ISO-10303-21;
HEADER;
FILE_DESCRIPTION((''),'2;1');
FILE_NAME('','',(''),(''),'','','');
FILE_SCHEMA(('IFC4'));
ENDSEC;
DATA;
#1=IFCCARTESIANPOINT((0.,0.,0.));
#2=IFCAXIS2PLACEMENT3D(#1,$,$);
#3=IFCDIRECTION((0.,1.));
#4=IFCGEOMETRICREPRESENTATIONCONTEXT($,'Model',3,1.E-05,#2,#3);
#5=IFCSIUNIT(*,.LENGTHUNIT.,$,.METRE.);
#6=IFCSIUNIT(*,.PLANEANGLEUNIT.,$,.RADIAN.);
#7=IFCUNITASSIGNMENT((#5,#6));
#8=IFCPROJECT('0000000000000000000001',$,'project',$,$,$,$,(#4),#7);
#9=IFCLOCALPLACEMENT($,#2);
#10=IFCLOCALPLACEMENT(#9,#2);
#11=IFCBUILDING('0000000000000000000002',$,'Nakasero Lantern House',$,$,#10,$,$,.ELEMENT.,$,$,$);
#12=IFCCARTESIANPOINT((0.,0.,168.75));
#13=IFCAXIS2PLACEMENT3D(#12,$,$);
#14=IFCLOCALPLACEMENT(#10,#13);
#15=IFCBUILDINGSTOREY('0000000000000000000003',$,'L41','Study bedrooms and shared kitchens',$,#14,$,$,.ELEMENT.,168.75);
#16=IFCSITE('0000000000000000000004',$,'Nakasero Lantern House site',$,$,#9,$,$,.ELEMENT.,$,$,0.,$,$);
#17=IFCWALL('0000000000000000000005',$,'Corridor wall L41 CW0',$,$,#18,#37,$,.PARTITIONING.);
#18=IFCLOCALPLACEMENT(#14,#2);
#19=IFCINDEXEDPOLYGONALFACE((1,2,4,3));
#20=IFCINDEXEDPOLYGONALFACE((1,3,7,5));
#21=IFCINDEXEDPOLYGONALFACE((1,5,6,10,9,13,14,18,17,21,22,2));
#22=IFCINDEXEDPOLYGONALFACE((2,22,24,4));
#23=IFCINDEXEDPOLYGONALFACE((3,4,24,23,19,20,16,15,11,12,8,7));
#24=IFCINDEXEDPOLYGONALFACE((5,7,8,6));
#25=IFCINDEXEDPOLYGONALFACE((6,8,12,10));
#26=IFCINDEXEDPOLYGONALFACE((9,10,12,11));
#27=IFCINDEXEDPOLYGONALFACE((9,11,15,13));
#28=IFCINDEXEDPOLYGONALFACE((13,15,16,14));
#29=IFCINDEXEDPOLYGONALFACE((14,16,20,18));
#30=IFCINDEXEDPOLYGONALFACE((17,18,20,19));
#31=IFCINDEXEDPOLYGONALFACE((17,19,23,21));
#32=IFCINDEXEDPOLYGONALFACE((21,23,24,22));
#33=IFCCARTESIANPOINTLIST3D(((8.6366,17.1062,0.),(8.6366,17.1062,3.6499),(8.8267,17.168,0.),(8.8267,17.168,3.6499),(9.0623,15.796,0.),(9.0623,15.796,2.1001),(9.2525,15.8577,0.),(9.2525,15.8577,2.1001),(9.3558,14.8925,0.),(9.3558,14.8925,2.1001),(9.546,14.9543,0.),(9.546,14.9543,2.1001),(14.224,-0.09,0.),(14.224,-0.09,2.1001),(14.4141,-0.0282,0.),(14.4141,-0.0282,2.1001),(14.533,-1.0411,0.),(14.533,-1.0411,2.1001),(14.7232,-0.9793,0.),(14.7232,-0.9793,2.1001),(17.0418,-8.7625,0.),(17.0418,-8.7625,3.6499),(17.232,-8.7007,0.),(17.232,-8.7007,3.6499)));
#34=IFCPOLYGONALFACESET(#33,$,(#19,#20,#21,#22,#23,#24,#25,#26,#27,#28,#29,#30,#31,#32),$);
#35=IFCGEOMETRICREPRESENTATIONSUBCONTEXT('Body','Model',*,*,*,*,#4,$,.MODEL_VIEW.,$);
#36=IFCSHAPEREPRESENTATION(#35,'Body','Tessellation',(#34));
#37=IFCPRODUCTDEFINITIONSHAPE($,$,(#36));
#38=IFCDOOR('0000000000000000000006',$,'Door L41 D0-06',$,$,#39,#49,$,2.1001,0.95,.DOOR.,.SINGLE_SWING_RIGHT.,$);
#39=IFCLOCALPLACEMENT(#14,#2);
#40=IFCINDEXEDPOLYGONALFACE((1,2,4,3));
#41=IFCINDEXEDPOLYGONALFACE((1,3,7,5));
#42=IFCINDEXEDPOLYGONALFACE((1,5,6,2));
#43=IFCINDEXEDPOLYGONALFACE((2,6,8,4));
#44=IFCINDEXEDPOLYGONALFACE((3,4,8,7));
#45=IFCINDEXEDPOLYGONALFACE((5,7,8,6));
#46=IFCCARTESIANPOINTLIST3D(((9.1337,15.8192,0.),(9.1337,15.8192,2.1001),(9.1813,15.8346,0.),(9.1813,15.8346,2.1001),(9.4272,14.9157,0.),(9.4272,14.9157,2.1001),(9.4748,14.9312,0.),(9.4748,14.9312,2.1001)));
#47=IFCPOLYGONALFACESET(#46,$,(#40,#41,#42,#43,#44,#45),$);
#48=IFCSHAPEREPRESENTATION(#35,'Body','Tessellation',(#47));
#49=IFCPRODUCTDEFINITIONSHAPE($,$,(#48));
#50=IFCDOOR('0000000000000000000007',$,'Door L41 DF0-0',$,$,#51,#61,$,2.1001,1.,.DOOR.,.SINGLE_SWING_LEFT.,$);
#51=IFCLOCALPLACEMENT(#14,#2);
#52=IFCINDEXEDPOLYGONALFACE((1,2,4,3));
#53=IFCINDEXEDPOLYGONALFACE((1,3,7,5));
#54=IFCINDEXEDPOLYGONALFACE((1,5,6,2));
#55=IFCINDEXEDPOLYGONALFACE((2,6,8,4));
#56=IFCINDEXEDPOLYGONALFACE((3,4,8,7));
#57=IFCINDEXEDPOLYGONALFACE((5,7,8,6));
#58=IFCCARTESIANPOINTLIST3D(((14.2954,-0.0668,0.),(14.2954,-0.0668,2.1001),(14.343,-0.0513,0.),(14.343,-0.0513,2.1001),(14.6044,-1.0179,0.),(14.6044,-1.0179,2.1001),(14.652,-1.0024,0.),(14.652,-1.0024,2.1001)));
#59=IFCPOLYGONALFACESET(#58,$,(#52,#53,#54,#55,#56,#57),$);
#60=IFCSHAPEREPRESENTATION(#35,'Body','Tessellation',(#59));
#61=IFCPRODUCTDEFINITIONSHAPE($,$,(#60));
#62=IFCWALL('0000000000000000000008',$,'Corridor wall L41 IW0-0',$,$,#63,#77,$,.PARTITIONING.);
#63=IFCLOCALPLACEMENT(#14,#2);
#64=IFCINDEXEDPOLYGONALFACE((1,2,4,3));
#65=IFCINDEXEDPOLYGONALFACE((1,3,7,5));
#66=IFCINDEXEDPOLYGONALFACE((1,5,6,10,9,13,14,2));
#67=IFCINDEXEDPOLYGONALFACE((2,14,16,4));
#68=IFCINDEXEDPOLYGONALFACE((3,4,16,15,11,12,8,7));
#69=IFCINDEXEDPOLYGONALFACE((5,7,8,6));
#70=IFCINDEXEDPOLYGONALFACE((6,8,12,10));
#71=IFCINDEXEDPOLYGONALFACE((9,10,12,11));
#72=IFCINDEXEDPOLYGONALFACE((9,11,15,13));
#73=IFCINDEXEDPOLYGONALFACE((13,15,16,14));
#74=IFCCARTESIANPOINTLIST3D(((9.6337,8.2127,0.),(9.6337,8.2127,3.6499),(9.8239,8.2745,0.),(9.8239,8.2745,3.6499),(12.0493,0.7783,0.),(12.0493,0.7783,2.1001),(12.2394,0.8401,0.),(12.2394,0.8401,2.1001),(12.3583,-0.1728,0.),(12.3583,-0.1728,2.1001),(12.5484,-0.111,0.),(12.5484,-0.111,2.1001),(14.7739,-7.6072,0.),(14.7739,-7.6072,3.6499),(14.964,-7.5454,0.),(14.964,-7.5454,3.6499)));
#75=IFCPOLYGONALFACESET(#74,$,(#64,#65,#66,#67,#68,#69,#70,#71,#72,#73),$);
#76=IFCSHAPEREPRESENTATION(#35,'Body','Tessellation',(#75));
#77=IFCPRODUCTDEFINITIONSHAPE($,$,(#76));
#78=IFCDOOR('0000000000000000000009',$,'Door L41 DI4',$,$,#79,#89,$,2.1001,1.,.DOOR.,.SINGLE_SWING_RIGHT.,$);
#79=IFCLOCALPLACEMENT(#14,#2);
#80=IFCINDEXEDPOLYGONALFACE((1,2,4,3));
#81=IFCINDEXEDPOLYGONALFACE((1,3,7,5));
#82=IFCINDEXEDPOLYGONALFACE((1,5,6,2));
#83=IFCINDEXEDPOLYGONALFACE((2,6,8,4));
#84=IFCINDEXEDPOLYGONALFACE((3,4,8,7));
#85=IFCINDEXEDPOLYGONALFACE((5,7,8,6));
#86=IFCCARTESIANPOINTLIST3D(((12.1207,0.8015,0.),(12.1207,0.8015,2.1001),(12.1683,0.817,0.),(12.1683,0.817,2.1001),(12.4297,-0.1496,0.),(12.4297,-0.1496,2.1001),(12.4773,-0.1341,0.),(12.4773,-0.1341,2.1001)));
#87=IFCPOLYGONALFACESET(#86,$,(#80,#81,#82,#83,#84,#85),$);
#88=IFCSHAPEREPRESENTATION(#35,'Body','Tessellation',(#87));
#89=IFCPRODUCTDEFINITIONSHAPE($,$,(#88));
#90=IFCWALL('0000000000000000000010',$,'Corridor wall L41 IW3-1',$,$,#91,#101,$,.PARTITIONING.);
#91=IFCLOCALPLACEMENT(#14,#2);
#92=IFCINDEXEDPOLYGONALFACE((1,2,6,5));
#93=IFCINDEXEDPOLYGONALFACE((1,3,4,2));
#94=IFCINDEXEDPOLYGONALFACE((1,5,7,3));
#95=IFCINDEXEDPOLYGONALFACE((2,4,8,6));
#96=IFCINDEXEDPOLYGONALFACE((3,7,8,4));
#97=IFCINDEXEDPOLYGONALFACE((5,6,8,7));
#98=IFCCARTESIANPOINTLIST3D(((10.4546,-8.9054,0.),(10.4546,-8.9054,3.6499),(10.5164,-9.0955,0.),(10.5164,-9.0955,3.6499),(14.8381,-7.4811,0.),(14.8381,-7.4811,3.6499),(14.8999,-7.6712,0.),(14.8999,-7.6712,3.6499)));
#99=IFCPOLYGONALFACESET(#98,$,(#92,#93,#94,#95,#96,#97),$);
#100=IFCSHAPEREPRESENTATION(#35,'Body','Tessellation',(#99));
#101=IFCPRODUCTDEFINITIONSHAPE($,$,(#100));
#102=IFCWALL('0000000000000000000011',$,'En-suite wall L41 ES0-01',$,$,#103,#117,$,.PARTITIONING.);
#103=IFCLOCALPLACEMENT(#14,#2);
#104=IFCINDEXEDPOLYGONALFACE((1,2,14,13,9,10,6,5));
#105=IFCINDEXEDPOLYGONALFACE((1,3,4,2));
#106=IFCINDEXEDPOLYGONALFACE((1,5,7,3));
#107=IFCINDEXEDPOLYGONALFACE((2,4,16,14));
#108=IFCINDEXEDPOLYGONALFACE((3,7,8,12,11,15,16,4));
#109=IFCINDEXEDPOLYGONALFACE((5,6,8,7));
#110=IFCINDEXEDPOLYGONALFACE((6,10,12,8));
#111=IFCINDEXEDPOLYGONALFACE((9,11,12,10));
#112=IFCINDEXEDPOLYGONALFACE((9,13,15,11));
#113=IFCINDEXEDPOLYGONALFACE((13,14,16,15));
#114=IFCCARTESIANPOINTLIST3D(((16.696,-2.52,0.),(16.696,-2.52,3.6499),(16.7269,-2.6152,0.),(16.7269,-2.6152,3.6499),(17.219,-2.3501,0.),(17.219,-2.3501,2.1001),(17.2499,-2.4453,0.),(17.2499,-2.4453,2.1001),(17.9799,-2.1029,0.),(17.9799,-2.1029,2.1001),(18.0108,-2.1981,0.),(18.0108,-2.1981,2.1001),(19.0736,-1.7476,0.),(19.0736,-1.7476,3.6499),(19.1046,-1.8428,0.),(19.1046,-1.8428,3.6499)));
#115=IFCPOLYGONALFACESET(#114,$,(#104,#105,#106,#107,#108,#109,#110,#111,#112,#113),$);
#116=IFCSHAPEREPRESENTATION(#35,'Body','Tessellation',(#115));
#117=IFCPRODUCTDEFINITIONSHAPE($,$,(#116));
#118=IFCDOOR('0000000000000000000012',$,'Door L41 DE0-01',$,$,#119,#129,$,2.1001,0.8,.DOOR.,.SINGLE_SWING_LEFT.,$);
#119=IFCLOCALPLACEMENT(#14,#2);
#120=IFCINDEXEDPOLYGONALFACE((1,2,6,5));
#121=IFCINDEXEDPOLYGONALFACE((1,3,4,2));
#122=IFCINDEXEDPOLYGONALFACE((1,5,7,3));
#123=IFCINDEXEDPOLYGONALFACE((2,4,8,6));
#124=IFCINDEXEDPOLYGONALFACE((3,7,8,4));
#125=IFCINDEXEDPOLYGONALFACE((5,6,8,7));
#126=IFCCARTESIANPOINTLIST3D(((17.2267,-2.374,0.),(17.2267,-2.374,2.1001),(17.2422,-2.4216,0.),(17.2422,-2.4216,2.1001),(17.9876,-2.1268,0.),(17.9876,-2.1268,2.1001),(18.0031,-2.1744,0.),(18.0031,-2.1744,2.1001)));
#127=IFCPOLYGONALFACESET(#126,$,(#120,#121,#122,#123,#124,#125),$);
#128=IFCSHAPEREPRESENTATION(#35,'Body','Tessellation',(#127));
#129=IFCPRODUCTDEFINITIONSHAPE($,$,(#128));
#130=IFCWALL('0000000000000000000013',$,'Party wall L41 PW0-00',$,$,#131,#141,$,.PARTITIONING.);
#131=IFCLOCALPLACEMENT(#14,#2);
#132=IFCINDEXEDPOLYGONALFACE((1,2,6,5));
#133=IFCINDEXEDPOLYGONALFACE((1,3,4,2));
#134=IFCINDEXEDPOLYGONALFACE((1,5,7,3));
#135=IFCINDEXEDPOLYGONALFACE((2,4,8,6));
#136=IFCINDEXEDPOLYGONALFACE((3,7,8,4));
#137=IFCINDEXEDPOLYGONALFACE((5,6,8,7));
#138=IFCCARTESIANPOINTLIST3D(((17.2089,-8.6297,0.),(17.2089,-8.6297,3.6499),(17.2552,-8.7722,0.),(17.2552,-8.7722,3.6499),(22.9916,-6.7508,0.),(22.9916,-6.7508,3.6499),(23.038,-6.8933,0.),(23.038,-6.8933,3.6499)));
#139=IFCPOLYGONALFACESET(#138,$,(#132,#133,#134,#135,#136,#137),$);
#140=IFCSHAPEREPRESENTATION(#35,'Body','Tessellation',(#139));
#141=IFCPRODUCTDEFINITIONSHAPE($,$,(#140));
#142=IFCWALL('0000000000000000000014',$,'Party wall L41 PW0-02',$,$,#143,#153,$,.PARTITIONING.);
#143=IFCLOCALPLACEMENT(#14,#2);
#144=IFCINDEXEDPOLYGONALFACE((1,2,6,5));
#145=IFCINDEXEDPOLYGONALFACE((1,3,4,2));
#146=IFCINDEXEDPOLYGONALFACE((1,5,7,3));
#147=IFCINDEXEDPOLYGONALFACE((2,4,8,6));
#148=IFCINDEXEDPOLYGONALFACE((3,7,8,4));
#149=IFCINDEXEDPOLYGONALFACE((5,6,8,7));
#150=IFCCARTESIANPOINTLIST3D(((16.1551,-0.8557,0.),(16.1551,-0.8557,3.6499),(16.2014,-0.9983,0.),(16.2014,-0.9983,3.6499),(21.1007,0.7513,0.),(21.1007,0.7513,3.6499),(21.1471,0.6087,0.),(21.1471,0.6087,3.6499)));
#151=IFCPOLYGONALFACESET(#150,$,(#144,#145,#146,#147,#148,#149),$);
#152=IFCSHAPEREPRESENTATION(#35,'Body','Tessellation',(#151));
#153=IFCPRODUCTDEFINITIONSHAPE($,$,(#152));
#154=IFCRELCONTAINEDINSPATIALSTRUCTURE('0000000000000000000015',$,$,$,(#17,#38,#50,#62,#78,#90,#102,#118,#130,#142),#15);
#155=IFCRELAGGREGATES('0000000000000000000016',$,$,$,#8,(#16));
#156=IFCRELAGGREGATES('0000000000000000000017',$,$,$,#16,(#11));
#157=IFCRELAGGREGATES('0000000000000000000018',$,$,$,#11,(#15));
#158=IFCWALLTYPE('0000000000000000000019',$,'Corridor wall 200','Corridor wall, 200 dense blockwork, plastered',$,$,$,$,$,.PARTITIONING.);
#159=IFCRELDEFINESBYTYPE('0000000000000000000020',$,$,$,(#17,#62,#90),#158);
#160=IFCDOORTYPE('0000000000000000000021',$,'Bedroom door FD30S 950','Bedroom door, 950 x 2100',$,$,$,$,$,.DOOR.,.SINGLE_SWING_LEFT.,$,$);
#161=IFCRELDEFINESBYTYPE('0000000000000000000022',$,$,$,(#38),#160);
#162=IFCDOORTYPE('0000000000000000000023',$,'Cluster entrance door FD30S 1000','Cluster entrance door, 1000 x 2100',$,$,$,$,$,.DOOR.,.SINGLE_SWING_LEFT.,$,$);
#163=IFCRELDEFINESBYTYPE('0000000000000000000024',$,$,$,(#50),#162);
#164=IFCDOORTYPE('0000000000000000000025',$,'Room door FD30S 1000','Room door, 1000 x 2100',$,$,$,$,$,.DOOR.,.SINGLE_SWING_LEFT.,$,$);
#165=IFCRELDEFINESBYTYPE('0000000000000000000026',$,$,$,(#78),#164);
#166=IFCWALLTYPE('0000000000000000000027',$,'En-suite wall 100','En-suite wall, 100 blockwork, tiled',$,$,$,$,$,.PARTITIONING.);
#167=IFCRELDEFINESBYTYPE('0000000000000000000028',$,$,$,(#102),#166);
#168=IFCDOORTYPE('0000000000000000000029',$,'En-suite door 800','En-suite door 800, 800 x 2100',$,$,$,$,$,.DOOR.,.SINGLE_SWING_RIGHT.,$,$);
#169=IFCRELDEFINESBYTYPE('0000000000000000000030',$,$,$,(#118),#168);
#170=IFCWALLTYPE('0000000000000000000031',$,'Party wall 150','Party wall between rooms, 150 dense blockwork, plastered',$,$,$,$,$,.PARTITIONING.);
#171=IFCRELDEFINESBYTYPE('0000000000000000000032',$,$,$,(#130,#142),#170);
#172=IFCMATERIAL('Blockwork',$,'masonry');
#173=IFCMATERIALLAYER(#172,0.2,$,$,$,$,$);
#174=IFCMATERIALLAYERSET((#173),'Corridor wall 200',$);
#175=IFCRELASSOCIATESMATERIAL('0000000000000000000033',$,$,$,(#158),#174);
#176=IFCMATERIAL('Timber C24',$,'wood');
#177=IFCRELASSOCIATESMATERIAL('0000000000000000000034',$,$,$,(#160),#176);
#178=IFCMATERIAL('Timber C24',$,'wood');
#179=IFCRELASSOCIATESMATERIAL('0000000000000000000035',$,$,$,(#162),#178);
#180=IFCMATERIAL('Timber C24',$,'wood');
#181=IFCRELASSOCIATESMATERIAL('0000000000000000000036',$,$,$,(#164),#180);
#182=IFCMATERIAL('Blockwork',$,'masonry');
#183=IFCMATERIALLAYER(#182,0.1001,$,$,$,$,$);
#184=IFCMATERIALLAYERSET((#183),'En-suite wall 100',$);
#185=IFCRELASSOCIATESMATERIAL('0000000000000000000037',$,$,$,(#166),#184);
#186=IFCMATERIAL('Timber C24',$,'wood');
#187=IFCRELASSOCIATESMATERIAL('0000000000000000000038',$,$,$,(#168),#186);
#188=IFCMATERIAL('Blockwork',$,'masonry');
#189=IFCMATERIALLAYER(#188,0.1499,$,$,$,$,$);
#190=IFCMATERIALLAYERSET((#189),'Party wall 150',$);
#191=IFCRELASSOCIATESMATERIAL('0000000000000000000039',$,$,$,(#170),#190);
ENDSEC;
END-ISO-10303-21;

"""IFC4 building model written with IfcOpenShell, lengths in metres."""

from ifc_helpers import new_model, si_unit, direction, frame, frame_2d, origin, place, context, subcontext, project, spatial, rectangle, extrude, material, layer, layer_set, type_object, element, fill, save


model = new_model("IFC4")

# Units and contexts
model_context = context("Model", 3, precision=1e-05, world=origin(), true_north=direction((0.0, 1.0)))
body_context = subcontext(model_context, "Body", "Model", "MODEL_VIEW")
ifc_project = project(units=[si_unit("LENGTHUNIT", "METRE"), si_unit("PLANEANGLEUNIT", "RADIAN")], contexts=[model_context])

# Site, building, storey
site_placement = place(None, origin())
site = spatial("IfcSite", under=ifc_project, at=site_placement, Name="Nakasero Lantern House site", CompositionType="ELEMENT", RefElevation=0.0)
building_placement = place(site_placement, origin())
building = spatial("IfcBuilding", under=site, at=building_placement, Name="Nakasero Lantern House", CompositionType="ELEMENT")
storey_placement = place(building_placement, frame((0.0, 0.0, 168.75)))
storey = spatial("IfcBuildingStorey", under=building, at=storey_placement, Name="L41", Description="Study bedrooms and shared kitchens", CompositionType="ELEMENT", Elevation=168.75)

# Wall, openings, doors
ifc_material_1 = material(Name="Blockwork", Category="masonry")
ifc_layer_1 = layer(ifc_material_1, 0.2)
ifc_layer_set_1 = layer_set([ifc_layer_1], Name="Corridor wall 200")
wall_type_1 = type_object("IfcWallType", Name="Corridor wall 200", Description="Corridor wall, 200 dense blockwork, plastered", PredefinedType="PARTITIONING", material=ifc_layer_set_1)
wall_1_placement = place(storey_placement, frame((17.137, -8.7317, 0.0), z_axis=(0.0, 0.0, 1.0), x_axis=(-0.309018, 0.951056, 0.0)))
wall_1 = element("IfcWall", 1, at=wall_1_placement, inside=storey, type_object=wall_type_1, Name="Corridor wall L41 CW0", PredefinedType="PARTITIONING", context=body_context, shape_type="SweptSolid", body=[
    extrude(rectangle(XDim=27.2, YDim=0.2, at=frame_2d((13.6001, 0.0))), origin(), (0.0, 0.0, 1.0), 3.6499),
])
opening_1_placement = place(wall_1_placement, frame((8.1189, 0.0, 0.0)))
opening_1 = element("IfcOpeningElement", 2, at=opening_1_placement, cuts=wall_1, PredefinedType="OPENING", context=body_context, shape_type="SweptSolid", body=[
    extrude(rectangle(XDim=1.0, YDim=2.1001, at=frame_2d((0.5, 1.05))), frame((0.0, 0.1199, 0.0), z_axis=(0.0, -1.0, 0.0), x_axis=(1.0, 0.0, 0.0)), (0.0, 0.0, 1.0), 0.24),
])
opening_2_placement = place(wall_1_placement, frame((24.8723, 0.0, 0.0)))
opening_2 = element("IfcOpeningElement", 3, at=opening_2_placement, cuts=wall_1, PredefinedType="OPENING", context=body_context, shape_type="SweptSolid", body=[
    extrude(rectangle(XDim=0.95, YDim=2.1001, at=frame_2d((0.4751, 1.05))), frame((0.0, 0.1199, 0.0), z_axis=(0.0, -1.0, 0.0), x_axis=(1.0, 0.0, 0.0)), (0.0, 0.0, 1.0), 0.24),
])
ifc_material_2 = material(Name="Timber C24", Category="wood")
door_type_1 = type_object("IfcDoorType", Name="Bedroom door FD30S 950", Description="Bedroom door, 950 x 2100", OperationType="SINGLE_SWING_LEFT", PredefinedType="DOOR", material=ifc_material_2)
door_1_placement = place(opening_2_placement, origin())
door_1 = element("IfcDoor", 4, at=door_1_placement, inside=storey, type_object=door_type_1, Name="Door L41 D0-06", OperationType="SINGLE_SWING_RIGHT", OverallHeight=2.1001, OverallWidth=0.95, PredefinedType="DOOR", context=body_context, shape_type="SweptSolid", body=[
    extrude(rectangle(XDim=0.95, YDim=2.1001, at=frame_2d((0.4751, 1.05))), frame((0.0, 0.0249, 0.0), z_axis=(0.0, -1.0, 0.0), x_axis=(1.0, 0.0, 0.0)), (0.0, 0.0, 1.0), 0.05),
])
fill(opening_2, door_1)
ifc_material_3 = material(Name="Timber C24", Category="wood")
door_type_2 = type_object("IfcDoorType", Name="Cluster entrance door FD30S 1000", Description="Cluster entrance door, 1000 x 2100", OperationType="SINGLE_SWING_LEFT", PredefinedType="DOOR", material=ifc_material_3)
door_2_placement = place(opening_1_placement, origin())
door_2 = element("IfcDoor", 5, at=door_2_placement, inside=storey, type_object=door_type_2, Name="Door L41 DF0-0", OperationType="SINGLE_SWING_LEFT", OverallHeight=2.1001, OverallWidth=1.0, PredefinedType="DOOR", context=body_context, shape_type="SweptSolid", body=[
    extrude(rectangle(XDim=1.0, YDim=2.1001, at=frame_2d((0.5, 1.05))), frame((0.0, 0.0249, 0.0), z_axis=(0.0, -1.0, 0.0), x_axis=(1.0, 0.0, 0.0)), (0.0, 0.0, 1.0), 0.05),
])
fill(opening_1, door_2)

# Wall, opening, door
wall_2_placement = place(storey_placement, frame((14.8689, -7.5762, 0.0), z_axis=(0.0, 0.0, 1.0), x_axis=(-0.309015, 0.951057, 0.0)))
wall_2 = element("IfcWall", 6, at=wall_2_placement, inside=storey, type_object=wall_type_1, Name="Corridor wall L41 IW0-0", PredefinedType="PARTITIONING", context=body_context, shape_type="SweptSolid", body=[
    extrude(rectangle(XDim=16.634, YDim=0.2, at=frame_2d((8.3169, 0.0))), origin(), (0.0, 0.0, 1.0), 3.6499),
])
opening_3_placement = place(wall_2_placement, frame((7.8169, 0.0, 0.0)))
opening_3 = element("IfcOpeningElement", 7, at=opening_3_placement, cuts=wall_2, PredefinedType="OPENING", context=body_context, shape_type="SweptSolid", body=[
    extrude(rectangle(XDim=1.0, YDim=2.1001, at=frame_2d((0.5, 1.05))), frame((0.0, 0.1199, 0.0), z_axis=(0.0, -1.0, 0.0), x_axis=(1.0, 0.0, 0.0)), (0.0, 0.0, 1.0), 0.24),
])
ifc_material_4 = material(Name="Timber C24", Category="wood")
door_type_3 = type_object("IfcDoorType", Name="Room door FD30S 1000", Description="Room door, 1000 x 2100", OperationType="SINGLE_SWING_LEFT", PredefinedType="DOOR", material=ifc_material_4)
door_3_placement = place(opening_3_placement, origin())
door_3 = element("IfcDoor", 8, at=door_3_placement, inside=storey, type_object=door_type_3, Name="Door L41 DI4", OperationType="SINGLE_SWING_RIGHT", OverallHeight=2.1001, OverallWidth=1.0, PredefinedType="DOOR", context=body_context, shape_type="SweptSolid", body=[
    extrude(rectangle(XDim=1.0, YDim=2.1001, at=frame_2d((0.5, 1.05))), frame((0.0, 0.0249, 0.0), z_axis=(0.0, -1.0, 0.0), x_axis=(1.0, 0.0, 0.0)), (0.0, 0.0, 1.0), 0.05),
])
fill(opening_3, door_3)

# Wall
wall_3_placement = place(storey_placement, frame((10.4854, -9.0005, 0.0), z_axis=(0.0, 0.0, 1.0), x_axis=(0.951055, 0.30902, 0.0)))
element("IfcWall", 9, at=wall_3_placement, inside=storey, type_object=wall_type_1, Name="Corridor wall L41 IW3-1", PredefinedType="PARTITIONING", context=body_context, shape_type="SweptSolid", body=[
    extrude(rectangle(XDim=4.6091, YDim=0.2, at=frame_2d((2.3047, 0.0))), origin(), (0.0, 0.0, 1.0), 3.6499),
])

# Wall, opening, door
ifc_material_5 = material(Name="Blockwork", Category="masonry")
ifc_layer_2 = layer(ifc_material_5, 0.1001)
ifc_layer_set_2 = layer_set([ifc_layer_2], Name="En-suite wall 100")
wall_type_2 = type_object("IfcWallType", Name="En-suite wall 100", Description="En-suite wall, 100 blockwork, tiled", PredefinedType="PARTITIONING", material=ifc_layer_set_2)
wall_4_placement = place(storey_placement, frame((16.7114, -2.5676, 0.0), z_axis=(0.0, 0.0, 1.0), x_axis=(0.951068, 0.308982, 0.0)))
wall_4 = element("IfcWall", 10, at=wall_4_placement, inside=storey, type_object=wall_type_2, Name="En-suite wall L41 ES0-01", PredefinedType="PARTITIONING", context=body_context, shape_type="SweptSolid", body=[
    extrude(rectangle(XDim=2.5, YDim=0.1001, at=frame_2d((1.25, 0.0))), origin(), (0.0, 0.0, 1.0), 3.6499),
])
opening_4_placement = place(wall_4_placement, frame((0.55, 0.0, 0.0)))
opening_4 = element("IfcOpeningElement", 11, at=opening_4_placement, cuts=wall_4, PredefinedType="OPENING", context=body_context, shape_type="SweptSolid", body=[
    extrude(rectangle(XDim=0.8, YDim=2.1001, at=frame_2d((0.3999, 1.05))), frame((0.0, 0.0701, 0.0), z_axis=(0.0, -1.0, 0.0), x_axis=(1.0, 0.0, 0.0)), (0.0, 0.0, 1.0), 0.1401),
])
ifc_material_6 = material(Name="Timber C24", Category="wood")
door_type_4 = type_object("IfcDoorType", Name="En-suite door 800", Description="En-suite door 800, 800 x 2100", OperationType="SINGLE_SWING_RIGHT", PredefinedType="DOOR", material=ifc_material_6)
door_4_placement = place(opening_4_placement, origin())
door_4 = element("IfcDoor", 12, at=door_4_placement, inside=storey, type_object=door_type_4, Name="Door L41 DE0-01", OperationType="SINGLE_SWING_LEFT", OverallHeight=2.1001, OverallWidth=0.8, PredefinedType="DOOR", context=body_context, shape_type="SweptSolid", body=[
    extrude(rectangle(XDim=0.8, YDim=2.1001, at=frame_2d((0.3999, 1.05))), frame((0.0, 0.0249, 0.0), z_axis=(0.0, -1.0, 0.0), x_axis=(1.0, 0.0, 0.0)), (0.0, 0.0, 1.0), 0.05),
])
fill(opening_4, door_4)

# Walls
ifc_material_7 = material(Name="Blockwork", Category="masonry")
ifc_layer_3 = layer(ifc_material_7, 0.1499)
ifc_layer_set_3 = layer_set([ifc_layer_3], Name="Party wall 150")
wall_type_3 = type_object("IfcWallType", Name="Party wall 150", Description="Party wall between rooms, 150 dense blockwork, plastered", PredefinedType="PARTITIONING", material=ifc_layer_set_3)
wall_5_placement = place(storey_placement, frame((17.2322, -8.7009, 0.0), z_axis=(0.0, 0.0, 1.0), x_axis=(0.951057, 0.309015, 0.0)))
element("IfcWall", 13, at=wall_5_placement, inside=storey, type_object=wall_type_3, Name="Party wall L41 PW0-00", PredefinedType="PARTITIONING", context=body_context, shape_type="SweptSolid", body=[
    extrude(rectangle(XDim=6.0803, YDim=0.1499, at=frame_2d((3.04, 0.0))), origin(), (0.0, 0.0, 1.0), 3.6499),
])
wall_6_placement = place(storey_placement, frame((16.1782, -0.927, 0.0), z_axis=(0.0, 0.0, 1.0), x_axis=(0.951055, 0.309021, 0.0)))
element("IfcWall", 14, at=wall_6_placement, inside=storey, type_object=wall_type_3, Name="Party wall L41 PW0-02", PredefinedType="PARTITIONING", context=body_context, shape_type="SweptSolid", body=[
    extrude(rectangle(XDim=5.2002, YDim=0.1499, at=frame_2d((2.6001, 0.0))), origin(), (0.0, 0.0, 1.0), 3.6499),
])

save(model, "model.ifc")
